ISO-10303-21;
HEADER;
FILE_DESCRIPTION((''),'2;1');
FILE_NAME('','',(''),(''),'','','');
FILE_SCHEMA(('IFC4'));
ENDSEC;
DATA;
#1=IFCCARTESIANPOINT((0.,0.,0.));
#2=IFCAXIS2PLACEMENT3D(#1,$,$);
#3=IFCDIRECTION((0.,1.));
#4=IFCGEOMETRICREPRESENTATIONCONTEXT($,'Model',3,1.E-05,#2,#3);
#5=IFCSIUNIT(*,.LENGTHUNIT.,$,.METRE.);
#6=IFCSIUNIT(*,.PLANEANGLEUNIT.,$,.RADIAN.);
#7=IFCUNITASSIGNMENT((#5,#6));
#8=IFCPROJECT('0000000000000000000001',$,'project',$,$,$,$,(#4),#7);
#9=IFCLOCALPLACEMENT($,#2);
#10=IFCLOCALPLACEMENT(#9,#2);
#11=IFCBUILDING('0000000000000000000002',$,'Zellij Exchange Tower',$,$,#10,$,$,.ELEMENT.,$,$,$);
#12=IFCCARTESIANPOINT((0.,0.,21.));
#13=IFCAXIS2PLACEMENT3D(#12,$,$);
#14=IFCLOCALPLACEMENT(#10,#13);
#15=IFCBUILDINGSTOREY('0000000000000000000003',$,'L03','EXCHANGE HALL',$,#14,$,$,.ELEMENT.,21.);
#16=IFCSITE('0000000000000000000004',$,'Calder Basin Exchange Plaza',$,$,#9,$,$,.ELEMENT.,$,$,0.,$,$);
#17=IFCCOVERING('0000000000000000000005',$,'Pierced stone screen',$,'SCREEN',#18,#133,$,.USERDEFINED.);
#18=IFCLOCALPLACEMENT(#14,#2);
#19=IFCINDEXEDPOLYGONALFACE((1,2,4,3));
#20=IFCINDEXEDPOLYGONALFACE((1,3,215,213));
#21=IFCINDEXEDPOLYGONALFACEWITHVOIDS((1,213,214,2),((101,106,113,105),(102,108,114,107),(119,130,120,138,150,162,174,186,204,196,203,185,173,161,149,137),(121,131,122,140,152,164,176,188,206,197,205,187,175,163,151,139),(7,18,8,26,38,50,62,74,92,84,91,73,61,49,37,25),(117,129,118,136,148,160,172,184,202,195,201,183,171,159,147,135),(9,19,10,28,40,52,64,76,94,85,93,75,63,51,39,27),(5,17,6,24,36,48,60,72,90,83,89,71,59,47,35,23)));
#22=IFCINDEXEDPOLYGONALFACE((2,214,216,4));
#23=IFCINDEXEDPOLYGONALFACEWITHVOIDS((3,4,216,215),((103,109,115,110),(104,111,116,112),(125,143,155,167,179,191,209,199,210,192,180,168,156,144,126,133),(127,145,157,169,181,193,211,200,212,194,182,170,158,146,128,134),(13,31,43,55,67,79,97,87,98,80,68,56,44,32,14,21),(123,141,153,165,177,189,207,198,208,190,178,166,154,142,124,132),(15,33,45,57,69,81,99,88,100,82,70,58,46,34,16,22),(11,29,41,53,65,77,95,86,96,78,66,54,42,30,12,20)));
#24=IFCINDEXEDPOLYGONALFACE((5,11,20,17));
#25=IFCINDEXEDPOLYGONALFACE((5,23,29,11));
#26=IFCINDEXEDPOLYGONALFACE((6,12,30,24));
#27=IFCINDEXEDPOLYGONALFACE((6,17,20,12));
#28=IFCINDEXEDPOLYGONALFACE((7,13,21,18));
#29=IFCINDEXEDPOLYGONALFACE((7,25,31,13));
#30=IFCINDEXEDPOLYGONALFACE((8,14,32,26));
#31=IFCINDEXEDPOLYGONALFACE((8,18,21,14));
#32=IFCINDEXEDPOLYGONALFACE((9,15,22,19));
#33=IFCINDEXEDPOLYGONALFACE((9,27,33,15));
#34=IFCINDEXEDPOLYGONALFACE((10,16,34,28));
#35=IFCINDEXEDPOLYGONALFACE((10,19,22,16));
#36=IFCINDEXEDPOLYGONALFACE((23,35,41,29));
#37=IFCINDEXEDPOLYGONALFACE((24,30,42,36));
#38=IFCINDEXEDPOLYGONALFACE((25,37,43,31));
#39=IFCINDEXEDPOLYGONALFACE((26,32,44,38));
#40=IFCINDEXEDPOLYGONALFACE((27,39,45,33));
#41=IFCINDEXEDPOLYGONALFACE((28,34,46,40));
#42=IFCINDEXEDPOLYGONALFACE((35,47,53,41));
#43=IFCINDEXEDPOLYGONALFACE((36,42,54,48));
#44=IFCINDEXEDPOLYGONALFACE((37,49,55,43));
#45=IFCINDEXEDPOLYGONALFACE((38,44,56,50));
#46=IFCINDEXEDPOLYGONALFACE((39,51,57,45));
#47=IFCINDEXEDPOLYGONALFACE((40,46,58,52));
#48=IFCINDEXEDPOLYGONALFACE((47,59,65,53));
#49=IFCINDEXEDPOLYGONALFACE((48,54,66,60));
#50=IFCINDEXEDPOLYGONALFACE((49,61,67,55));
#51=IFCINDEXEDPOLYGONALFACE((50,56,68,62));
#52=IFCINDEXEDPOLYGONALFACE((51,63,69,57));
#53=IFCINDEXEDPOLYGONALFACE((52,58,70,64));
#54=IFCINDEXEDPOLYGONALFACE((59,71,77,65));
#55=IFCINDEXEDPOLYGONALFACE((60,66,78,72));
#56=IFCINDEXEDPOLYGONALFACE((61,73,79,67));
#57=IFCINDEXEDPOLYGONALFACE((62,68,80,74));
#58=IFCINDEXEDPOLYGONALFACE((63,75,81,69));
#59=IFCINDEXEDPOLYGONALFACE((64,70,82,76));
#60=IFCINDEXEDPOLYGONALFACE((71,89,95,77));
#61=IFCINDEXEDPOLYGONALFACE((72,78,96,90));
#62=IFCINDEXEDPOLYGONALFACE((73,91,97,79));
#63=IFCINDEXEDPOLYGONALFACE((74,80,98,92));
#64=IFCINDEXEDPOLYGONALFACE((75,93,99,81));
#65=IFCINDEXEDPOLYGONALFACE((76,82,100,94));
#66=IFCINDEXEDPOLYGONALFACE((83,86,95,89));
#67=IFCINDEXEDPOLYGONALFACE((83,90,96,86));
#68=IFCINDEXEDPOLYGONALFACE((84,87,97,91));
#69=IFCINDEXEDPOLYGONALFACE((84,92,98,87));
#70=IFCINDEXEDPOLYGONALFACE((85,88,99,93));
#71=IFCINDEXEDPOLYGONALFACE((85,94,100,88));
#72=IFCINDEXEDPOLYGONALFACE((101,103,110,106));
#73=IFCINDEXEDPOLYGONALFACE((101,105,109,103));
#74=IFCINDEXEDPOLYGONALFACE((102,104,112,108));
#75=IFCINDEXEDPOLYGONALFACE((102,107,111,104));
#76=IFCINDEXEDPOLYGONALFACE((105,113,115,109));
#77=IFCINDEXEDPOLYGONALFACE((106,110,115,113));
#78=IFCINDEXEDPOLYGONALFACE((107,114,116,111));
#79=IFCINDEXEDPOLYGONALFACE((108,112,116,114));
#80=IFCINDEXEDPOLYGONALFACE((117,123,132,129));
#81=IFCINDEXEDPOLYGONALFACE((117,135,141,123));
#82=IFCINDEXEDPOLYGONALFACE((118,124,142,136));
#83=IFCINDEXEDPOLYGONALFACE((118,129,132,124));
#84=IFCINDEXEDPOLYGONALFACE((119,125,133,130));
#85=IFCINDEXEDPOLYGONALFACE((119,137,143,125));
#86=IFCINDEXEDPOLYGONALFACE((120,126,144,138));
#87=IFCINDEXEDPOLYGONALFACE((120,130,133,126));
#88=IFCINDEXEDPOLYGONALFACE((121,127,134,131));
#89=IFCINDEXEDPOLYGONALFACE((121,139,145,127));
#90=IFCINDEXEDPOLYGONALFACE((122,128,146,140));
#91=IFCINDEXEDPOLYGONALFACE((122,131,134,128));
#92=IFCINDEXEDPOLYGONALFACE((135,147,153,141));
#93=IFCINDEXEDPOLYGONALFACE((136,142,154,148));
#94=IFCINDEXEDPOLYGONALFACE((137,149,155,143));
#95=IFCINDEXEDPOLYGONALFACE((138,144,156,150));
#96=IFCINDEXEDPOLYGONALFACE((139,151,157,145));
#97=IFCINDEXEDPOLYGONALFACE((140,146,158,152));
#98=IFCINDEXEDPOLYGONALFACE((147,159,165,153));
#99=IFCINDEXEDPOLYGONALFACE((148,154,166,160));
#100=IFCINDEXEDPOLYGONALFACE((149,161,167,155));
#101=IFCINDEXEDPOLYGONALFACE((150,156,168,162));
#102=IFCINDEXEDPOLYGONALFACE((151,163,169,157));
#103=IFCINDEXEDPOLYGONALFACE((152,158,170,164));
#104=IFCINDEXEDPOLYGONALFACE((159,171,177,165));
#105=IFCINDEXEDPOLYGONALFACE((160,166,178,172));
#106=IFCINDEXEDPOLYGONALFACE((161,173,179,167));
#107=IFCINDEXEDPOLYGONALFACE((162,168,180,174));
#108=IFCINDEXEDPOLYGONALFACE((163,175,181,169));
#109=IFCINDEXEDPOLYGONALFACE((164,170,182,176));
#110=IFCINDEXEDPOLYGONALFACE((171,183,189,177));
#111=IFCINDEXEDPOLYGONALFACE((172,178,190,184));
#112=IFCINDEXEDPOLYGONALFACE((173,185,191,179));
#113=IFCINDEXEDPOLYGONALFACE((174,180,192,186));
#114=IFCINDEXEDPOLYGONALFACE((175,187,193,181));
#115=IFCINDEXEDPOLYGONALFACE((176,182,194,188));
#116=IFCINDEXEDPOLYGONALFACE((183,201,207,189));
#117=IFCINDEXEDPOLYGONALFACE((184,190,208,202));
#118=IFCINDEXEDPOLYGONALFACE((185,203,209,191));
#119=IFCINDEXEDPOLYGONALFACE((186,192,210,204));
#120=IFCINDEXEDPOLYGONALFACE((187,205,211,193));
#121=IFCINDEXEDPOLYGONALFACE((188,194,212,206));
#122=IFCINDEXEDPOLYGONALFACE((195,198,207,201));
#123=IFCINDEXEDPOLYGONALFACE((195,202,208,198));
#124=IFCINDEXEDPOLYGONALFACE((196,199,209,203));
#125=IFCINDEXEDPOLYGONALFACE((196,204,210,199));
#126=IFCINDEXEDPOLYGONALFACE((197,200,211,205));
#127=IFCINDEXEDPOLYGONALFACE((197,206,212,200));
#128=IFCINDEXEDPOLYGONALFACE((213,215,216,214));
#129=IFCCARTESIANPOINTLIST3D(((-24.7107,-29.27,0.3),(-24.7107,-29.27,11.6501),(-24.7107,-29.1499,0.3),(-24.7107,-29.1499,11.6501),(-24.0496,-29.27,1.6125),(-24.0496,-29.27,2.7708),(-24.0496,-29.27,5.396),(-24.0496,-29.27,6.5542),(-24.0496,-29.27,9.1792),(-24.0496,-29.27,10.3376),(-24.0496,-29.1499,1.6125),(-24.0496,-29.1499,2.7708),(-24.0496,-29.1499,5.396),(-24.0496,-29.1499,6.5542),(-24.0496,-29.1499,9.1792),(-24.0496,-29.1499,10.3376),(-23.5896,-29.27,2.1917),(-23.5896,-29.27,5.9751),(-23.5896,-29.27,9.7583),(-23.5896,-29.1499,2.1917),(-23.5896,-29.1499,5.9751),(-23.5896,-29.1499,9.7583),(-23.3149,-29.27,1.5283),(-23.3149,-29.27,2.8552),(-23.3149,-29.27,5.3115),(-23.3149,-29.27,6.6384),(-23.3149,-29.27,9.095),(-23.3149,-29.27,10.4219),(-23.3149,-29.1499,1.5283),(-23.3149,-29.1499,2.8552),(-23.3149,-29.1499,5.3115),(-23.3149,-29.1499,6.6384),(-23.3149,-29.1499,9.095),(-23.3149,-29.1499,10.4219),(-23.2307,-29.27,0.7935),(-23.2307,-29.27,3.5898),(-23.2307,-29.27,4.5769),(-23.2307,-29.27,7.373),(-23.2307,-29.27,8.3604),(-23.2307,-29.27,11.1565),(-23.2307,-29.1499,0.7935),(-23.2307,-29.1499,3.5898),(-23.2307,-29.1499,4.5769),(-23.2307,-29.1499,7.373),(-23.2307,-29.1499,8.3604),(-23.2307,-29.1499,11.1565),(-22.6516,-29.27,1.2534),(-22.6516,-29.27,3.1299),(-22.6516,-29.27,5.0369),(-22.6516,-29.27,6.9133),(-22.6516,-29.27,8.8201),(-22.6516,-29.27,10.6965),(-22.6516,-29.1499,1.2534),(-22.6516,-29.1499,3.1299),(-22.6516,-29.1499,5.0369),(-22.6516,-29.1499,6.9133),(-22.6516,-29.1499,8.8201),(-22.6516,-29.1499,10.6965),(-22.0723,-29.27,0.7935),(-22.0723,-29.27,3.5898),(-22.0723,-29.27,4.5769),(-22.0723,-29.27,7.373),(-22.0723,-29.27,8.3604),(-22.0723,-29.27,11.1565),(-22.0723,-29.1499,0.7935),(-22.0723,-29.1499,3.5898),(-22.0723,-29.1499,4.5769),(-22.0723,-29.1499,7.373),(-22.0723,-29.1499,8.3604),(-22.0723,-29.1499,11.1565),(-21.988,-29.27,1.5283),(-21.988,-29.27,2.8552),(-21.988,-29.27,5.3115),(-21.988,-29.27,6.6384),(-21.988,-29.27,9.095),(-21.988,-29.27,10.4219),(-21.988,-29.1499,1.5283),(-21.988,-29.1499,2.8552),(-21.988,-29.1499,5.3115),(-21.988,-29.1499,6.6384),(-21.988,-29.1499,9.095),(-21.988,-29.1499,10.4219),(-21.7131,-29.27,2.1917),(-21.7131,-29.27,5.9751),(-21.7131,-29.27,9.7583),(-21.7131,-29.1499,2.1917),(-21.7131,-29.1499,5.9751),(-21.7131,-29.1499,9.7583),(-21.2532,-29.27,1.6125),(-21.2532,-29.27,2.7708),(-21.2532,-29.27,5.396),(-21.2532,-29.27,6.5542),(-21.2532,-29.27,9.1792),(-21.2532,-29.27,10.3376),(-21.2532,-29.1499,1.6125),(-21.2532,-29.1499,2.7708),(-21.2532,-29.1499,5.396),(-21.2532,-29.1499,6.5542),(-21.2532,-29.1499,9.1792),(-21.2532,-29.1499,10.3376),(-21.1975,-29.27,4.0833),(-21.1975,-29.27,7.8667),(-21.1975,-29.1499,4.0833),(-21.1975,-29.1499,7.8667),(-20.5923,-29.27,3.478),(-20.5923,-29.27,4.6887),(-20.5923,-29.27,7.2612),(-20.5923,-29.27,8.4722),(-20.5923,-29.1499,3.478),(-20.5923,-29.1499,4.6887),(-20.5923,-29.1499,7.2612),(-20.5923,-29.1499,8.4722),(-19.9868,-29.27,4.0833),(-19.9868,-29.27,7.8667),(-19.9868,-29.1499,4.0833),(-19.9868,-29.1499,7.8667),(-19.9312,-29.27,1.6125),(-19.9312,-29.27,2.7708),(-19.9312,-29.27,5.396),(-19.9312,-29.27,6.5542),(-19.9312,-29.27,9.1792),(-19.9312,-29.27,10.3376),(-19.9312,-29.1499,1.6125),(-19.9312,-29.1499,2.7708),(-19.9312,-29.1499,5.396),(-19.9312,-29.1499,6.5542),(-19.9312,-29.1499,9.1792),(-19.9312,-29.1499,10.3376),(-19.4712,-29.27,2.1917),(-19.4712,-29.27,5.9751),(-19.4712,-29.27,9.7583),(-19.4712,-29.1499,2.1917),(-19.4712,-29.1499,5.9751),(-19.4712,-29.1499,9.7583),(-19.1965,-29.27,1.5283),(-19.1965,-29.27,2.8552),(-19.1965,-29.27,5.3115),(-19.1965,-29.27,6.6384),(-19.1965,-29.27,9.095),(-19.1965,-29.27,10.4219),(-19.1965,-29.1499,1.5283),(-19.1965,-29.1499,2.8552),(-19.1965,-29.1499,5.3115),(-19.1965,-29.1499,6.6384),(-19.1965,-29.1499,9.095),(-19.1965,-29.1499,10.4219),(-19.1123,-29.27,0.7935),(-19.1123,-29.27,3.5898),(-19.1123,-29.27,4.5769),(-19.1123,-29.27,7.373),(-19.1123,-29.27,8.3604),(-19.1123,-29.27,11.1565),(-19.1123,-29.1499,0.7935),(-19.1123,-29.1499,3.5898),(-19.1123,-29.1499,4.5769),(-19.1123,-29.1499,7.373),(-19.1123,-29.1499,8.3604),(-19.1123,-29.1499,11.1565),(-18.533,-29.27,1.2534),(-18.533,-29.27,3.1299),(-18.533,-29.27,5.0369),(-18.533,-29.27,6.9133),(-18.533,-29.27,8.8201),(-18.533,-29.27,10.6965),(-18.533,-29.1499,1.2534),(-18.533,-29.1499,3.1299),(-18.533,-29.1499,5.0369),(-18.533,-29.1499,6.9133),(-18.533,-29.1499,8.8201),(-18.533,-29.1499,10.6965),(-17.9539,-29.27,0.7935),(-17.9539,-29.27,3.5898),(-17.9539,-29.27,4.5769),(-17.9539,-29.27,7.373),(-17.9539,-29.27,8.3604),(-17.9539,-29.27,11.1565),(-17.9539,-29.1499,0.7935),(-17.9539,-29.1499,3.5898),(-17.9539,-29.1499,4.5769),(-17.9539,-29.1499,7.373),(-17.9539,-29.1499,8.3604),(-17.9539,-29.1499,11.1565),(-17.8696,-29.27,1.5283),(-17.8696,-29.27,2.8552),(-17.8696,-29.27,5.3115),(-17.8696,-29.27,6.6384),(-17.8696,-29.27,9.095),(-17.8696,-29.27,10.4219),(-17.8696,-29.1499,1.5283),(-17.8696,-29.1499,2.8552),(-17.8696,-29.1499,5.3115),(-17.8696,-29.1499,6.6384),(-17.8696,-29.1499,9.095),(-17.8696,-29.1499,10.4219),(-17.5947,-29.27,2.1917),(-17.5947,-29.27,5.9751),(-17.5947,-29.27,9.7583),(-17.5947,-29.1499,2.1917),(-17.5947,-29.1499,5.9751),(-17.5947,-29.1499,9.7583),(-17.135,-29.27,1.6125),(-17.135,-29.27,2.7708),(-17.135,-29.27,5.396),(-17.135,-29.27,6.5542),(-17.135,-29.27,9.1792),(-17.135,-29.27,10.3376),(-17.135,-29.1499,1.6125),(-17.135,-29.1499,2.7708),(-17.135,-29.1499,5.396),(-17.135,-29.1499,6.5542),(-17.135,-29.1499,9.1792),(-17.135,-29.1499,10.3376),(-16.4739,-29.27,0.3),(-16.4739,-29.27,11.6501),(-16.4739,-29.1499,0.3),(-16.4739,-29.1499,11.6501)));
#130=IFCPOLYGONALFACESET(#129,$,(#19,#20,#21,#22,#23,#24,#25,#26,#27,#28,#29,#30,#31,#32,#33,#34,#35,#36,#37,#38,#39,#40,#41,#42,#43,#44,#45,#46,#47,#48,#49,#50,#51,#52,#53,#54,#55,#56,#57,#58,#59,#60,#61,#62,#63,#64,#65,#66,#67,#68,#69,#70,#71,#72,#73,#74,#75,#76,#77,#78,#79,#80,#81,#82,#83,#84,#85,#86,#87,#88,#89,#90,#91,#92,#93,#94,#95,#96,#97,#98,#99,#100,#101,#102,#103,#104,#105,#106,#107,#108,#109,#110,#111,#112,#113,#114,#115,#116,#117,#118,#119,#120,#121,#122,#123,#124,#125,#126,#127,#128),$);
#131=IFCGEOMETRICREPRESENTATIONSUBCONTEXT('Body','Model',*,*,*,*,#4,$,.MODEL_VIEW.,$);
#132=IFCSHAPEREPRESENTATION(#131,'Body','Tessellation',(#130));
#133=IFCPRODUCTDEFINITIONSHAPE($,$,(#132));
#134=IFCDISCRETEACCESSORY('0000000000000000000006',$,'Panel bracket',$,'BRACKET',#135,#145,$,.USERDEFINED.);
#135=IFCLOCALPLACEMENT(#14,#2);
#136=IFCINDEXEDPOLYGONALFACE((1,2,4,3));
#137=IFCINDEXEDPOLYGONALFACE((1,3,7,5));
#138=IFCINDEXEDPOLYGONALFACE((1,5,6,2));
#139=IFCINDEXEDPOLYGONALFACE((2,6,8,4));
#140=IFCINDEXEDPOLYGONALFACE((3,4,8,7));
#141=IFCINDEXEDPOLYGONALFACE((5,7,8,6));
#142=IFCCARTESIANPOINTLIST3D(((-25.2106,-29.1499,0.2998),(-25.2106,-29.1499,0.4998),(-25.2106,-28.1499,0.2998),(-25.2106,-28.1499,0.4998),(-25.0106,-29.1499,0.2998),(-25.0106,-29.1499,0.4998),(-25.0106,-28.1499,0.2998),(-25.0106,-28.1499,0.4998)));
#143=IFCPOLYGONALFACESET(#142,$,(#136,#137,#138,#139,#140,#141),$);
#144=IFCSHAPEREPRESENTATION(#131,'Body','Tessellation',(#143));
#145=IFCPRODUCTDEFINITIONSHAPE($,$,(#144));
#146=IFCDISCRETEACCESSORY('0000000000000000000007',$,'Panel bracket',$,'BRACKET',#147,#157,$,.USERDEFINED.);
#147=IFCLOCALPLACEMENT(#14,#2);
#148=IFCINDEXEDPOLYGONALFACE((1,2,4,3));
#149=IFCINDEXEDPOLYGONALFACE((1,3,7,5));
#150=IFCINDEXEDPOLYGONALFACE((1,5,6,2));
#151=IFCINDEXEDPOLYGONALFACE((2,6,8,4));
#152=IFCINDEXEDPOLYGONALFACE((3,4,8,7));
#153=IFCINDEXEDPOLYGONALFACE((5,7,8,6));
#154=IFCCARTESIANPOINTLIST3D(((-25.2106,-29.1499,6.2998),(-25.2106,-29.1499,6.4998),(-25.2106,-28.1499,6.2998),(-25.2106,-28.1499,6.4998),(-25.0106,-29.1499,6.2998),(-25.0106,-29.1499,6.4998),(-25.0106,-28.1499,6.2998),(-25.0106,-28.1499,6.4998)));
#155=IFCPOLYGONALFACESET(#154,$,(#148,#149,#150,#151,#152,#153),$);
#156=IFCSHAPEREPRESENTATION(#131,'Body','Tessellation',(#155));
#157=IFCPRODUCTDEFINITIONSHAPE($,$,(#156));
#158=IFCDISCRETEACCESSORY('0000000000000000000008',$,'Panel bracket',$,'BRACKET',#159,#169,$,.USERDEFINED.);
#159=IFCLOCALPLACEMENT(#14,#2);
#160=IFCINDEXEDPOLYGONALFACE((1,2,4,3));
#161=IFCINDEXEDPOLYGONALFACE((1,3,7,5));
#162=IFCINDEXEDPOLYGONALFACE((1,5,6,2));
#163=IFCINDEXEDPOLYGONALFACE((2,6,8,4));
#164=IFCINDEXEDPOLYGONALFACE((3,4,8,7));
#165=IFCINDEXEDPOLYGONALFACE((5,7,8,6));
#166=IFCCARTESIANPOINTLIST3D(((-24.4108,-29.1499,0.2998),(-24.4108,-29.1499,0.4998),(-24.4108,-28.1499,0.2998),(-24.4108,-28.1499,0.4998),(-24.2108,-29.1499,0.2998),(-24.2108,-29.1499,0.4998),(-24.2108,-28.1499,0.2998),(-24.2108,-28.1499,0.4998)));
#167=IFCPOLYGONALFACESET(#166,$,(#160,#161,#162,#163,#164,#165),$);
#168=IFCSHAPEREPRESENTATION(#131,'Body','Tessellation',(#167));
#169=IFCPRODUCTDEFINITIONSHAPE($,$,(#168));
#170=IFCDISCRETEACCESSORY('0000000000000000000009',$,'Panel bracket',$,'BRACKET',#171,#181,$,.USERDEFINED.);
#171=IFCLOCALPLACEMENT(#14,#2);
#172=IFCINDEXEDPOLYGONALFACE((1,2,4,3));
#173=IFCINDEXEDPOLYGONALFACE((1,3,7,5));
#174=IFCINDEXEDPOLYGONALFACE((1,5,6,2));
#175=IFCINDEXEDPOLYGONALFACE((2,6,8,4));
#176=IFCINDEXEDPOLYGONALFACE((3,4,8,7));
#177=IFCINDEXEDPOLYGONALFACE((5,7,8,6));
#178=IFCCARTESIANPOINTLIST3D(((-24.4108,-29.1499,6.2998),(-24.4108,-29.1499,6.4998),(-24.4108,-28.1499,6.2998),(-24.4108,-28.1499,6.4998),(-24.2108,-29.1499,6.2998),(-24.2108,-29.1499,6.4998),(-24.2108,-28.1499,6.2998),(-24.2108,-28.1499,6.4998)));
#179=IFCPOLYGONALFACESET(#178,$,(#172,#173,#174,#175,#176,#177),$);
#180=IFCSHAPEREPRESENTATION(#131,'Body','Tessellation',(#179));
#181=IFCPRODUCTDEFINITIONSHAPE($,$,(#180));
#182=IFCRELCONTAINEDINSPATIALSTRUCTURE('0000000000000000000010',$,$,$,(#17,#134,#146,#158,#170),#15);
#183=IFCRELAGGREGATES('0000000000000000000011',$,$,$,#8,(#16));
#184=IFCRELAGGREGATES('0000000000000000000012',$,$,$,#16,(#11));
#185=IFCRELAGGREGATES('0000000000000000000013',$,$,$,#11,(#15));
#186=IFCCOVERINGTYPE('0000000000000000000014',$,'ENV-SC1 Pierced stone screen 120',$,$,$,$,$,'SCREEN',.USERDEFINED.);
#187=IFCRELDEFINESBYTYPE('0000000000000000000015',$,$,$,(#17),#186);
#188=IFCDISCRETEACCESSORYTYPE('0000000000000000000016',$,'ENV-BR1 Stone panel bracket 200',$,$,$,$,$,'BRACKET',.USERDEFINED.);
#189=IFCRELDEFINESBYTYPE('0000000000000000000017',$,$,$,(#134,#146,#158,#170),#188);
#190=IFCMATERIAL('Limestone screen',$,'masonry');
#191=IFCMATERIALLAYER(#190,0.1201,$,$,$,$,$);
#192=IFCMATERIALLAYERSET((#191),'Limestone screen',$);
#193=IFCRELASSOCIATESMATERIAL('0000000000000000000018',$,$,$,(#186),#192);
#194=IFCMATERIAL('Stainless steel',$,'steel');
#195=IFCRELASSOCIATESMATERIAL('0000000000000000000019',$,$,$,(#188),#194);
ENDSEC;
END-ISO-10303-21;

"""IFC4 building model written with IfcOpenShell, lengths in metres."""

from ifc_helpers import new_model, si_unit, direction, frame, origin, origin_2d, place, context, subcontext, project, spatial, polyline, rectangle, outline, extrude, material, layer, layer_set, type_object, element, save


model = new_model("IFC4")

# Units and contexts
model_context = context("Model", 3, precision=1e-05, world=origin(), true_north=direction((0.0, 1.0)))
body_context = subcontext(model_context, "Body", "Model", "MODEL_VIEW")
ifc_project = project(units=[si_unit("LENGTHUNIT", "METRE"), si_unit("PLANEANGLEUNIT", "RADIAN")], contexts=[model_context])

# Site, building, storey
site_placement = place(None, origin())
site = spatial("IfcSite", under=ifc_project, at=site_placement, Name="Calder Basin Exchange Plaza", CompositionType="ELEMENT", RefElevation=0.0)
building_placement = place(site_placement, origin())
building = spatial("IfcBuilding", under=site, at=building_placement, Name="Zellij Exchange Tower", CompositionType="ELEMENT")
storey_placement = place(building_placement, frame((0.0, 0.0, 21.0)))
storey = spatial("IfcBuildingStorey", under=building, at=storey_placement, Name="L03", Description="EXCHANGE HALL", CompositionType="ELEMENT", Elevation=21.0)

# Covering
ifc_material_1 = material(Name="Limestone screen", Category="masonry")
ifc_layer_1 = layer(ifc_material_1, 0.1201)
ifc_layer_set_1 = layer_set([ifc_layer_1], Name="Limestone screen")
covering_type = type_object("IfcCoveringType", Name="ENV-SC1 Pierced stone screen 120", ElementType="SCREEN", PredefinedType="USERDEFINED", material=ifc_layer_set_1)
covering_placement = place(storey_placement, frame((-24.7107, -29.21, 0.3), z_axis=(0.0, 0.0, 1.0), x_axis=(1.0, 0.0, 0.0)))
element("IfcCovering", 1, at=covering_placement, inside=storey, type_object=covering_type, Name="Pierced stone screen", ObjectType="SCREEN", PredefinedType="USERDEFINED", context=body_context, shape_type="SweptSolid", body=[
    extrude(outline(polyline([(0.0, 0.0), (8.2368, 0.0), (8.2368, 11.3501), (0.0, 11.3501), (0.0, 0.0)]), holes=[polyline([(3.4575, 2.4707), (2.7227, 2.5552), (2.6384, 3.2898), (2.0591, 2.8298), (1.48, 3.2898), (1.3958, 2.5552), (0.6611, 2.4707), (1.1211, 1.8916), (0.6611, 1.3125), (1.3958, 1.2283), (1.48, 0.4934), (2.0591, 0.9534), (2.6384, 0.4934), (2.7227, 1.2283), (3.4575, 1.3125), (2.9976, 1.8916), (3.4575, 2.4707)]), polyline([(3.4575, 6.2542), (2.7227, 6.3384), (2.6384, 7.073), (2.0591, 6.6133), (1.48, 7.073), (1.3958, 6.3384), (0.6611, 6.2542), (1.1211, 5.675), (0.6611, 5.0959), (1.3958, 5.0115), (1.48, 4.2769), (2.0591, 4.7368), (2.6384, 4.2769), (2.7227, 5.0115), (3.4575, 5.0959), (2.9976, 5.675), (3.4575, 6.2542)]), polyline([(3.4575, 10.0376), (2.7227, 10.1218), (2.6384, 10.8564), (2.0591, 10.3965), (1.48, 10.8564), (1.3958, 10.1218), (0.6611, 10.0376), (1.1211, 9.4583), (0.6611, 8.8792), (1.3958, 8.7949), (1.48, 8.0603), (2.0591, 8.52), (2.6384, 8.0603), (2.7227, 8.7949), (3.4575, 8.8792), (2.9976, 9.4583), (3.4575, 10.0376)]), polyline([(7.5757, 2.4707), (6.8411, 2.5552), (6.7568, 3.2898), (6.1777, 2.8298), (5.5984, 3.2898), (5.5142, 2.5552), (4.7795, 2.4707), (5.2395, 1.8916), (4.7795, 1.3125), (5.5142, 1.2283), (5.5984, 0.4934), (6.1777, 0.9534), (6.7568, 0.4934), (6.8411, 1.2283), (7.5757, 1.3125), (7.116, 1.8916), (7.5757, 2.4707)]), polyline([(7.5757, 6.2542), (6.8411, 6.3384), (6.7568, 7.073), (6.1777, 6.6133), (5.5984, 7.073), (5.5142, 6.3384), (4.7795, 6.2542), (5.2395, 5.675), (4.7795, 5.0959), (5.5142, 5.0115), (5.5984, 4.2769), (6.1777, 4.7368), (6.7568, 4.2769), (6.8411, 5.0115), (7.5757, 5.0959), (7.116, 5.675), (7.5757, 6.2542)]), polyline([(7.5757, 10.0376), (6.8411, 10.1218), (6.7568, 10.8564), (6.1777, 10.3965), (5.5984, 10.8564), (5.5142, 10.1218), (4.7795, 10.0376), (5.2395, 9.4583), (4.7795, 8.8792), (5.5142, 8.7949), (5.5984, 8.0603), (6.1777, 8.52), (6.7568, 8.0603), (6.8411, 8.7949), (7.5757, 8.8792), (7.116, 9.4583), (7.5757, 10.0376)]), polyline([(4.7239, 3.7832), (4.1184, 4.3887), (3.5132, 3.7832), (4.1184, 3.178), (4.7239, 3.7832)]), polyline([(4.7239, 7.5667), (4.1184, 8.1721), (3.5132, 7.5667), (4.1184, 6.9612), (4.7239, 7.5667)])]), frame((0.0, 0.0601, 0.0), z_axis=(0.0, -1.0, 0.0), x_axis=(1.0, 0.0, 0.0)), (0.0, 0.0, 1.0), 0.1201),
])

# Discrete accessories
ifc_material_2 = material(Name="Stainless steel", Category="steel")
discrete_accessory_type = type_object("IfcDiscreteAccessoryType", Name="ENV-BR1 Stone panel bracket 200", ElementType="BRACKET", PredefinedType="USERDEFINED", material=ifc_material_2)
for number, where, z_axis, x_axis, name in (
    (2, (-25.1106, -28.6499, 0.2998), (0.0, 0.0, 1.0), (1.0, 0.0, 0.0), "Panel bracket"),
    (3, (-25.1106, -28.6499, 6.2998), (0.0, 0.0, 1.0), (1.0, 0.0, 0.0), "Panel bracket"),
    (4, (-24.3108, -28.6499, 0.2998), (0.0, 0.0, 1.0), (1.0, 0.0, 0.0), "Panel bracket"),
    (5, (-24.3108, -28.6499, 6.2998), (0.0, 0.0, 1.0), (1.0, 0.0, 0.0), "Panel bracket"),
):
    element("IfcDiscreteAccessory", number, at=place(storey_placement, frame(where, z_axis=z_axis, x_axis=x_axis)), inside=storey, type_object=discrete_accessory_type, Name=name, ObjectType="BRACKET", PredefinedType="USERDEFINED", context=body_context, shape_type="SweptSolid", body=[
        extrude(rectangle(XDim=0.2, YDim=1.0, at=origin_2d()), origin(), (0.0, 0.0, 1.0), 0.2),
    ])

save(model, "model.ifc")
